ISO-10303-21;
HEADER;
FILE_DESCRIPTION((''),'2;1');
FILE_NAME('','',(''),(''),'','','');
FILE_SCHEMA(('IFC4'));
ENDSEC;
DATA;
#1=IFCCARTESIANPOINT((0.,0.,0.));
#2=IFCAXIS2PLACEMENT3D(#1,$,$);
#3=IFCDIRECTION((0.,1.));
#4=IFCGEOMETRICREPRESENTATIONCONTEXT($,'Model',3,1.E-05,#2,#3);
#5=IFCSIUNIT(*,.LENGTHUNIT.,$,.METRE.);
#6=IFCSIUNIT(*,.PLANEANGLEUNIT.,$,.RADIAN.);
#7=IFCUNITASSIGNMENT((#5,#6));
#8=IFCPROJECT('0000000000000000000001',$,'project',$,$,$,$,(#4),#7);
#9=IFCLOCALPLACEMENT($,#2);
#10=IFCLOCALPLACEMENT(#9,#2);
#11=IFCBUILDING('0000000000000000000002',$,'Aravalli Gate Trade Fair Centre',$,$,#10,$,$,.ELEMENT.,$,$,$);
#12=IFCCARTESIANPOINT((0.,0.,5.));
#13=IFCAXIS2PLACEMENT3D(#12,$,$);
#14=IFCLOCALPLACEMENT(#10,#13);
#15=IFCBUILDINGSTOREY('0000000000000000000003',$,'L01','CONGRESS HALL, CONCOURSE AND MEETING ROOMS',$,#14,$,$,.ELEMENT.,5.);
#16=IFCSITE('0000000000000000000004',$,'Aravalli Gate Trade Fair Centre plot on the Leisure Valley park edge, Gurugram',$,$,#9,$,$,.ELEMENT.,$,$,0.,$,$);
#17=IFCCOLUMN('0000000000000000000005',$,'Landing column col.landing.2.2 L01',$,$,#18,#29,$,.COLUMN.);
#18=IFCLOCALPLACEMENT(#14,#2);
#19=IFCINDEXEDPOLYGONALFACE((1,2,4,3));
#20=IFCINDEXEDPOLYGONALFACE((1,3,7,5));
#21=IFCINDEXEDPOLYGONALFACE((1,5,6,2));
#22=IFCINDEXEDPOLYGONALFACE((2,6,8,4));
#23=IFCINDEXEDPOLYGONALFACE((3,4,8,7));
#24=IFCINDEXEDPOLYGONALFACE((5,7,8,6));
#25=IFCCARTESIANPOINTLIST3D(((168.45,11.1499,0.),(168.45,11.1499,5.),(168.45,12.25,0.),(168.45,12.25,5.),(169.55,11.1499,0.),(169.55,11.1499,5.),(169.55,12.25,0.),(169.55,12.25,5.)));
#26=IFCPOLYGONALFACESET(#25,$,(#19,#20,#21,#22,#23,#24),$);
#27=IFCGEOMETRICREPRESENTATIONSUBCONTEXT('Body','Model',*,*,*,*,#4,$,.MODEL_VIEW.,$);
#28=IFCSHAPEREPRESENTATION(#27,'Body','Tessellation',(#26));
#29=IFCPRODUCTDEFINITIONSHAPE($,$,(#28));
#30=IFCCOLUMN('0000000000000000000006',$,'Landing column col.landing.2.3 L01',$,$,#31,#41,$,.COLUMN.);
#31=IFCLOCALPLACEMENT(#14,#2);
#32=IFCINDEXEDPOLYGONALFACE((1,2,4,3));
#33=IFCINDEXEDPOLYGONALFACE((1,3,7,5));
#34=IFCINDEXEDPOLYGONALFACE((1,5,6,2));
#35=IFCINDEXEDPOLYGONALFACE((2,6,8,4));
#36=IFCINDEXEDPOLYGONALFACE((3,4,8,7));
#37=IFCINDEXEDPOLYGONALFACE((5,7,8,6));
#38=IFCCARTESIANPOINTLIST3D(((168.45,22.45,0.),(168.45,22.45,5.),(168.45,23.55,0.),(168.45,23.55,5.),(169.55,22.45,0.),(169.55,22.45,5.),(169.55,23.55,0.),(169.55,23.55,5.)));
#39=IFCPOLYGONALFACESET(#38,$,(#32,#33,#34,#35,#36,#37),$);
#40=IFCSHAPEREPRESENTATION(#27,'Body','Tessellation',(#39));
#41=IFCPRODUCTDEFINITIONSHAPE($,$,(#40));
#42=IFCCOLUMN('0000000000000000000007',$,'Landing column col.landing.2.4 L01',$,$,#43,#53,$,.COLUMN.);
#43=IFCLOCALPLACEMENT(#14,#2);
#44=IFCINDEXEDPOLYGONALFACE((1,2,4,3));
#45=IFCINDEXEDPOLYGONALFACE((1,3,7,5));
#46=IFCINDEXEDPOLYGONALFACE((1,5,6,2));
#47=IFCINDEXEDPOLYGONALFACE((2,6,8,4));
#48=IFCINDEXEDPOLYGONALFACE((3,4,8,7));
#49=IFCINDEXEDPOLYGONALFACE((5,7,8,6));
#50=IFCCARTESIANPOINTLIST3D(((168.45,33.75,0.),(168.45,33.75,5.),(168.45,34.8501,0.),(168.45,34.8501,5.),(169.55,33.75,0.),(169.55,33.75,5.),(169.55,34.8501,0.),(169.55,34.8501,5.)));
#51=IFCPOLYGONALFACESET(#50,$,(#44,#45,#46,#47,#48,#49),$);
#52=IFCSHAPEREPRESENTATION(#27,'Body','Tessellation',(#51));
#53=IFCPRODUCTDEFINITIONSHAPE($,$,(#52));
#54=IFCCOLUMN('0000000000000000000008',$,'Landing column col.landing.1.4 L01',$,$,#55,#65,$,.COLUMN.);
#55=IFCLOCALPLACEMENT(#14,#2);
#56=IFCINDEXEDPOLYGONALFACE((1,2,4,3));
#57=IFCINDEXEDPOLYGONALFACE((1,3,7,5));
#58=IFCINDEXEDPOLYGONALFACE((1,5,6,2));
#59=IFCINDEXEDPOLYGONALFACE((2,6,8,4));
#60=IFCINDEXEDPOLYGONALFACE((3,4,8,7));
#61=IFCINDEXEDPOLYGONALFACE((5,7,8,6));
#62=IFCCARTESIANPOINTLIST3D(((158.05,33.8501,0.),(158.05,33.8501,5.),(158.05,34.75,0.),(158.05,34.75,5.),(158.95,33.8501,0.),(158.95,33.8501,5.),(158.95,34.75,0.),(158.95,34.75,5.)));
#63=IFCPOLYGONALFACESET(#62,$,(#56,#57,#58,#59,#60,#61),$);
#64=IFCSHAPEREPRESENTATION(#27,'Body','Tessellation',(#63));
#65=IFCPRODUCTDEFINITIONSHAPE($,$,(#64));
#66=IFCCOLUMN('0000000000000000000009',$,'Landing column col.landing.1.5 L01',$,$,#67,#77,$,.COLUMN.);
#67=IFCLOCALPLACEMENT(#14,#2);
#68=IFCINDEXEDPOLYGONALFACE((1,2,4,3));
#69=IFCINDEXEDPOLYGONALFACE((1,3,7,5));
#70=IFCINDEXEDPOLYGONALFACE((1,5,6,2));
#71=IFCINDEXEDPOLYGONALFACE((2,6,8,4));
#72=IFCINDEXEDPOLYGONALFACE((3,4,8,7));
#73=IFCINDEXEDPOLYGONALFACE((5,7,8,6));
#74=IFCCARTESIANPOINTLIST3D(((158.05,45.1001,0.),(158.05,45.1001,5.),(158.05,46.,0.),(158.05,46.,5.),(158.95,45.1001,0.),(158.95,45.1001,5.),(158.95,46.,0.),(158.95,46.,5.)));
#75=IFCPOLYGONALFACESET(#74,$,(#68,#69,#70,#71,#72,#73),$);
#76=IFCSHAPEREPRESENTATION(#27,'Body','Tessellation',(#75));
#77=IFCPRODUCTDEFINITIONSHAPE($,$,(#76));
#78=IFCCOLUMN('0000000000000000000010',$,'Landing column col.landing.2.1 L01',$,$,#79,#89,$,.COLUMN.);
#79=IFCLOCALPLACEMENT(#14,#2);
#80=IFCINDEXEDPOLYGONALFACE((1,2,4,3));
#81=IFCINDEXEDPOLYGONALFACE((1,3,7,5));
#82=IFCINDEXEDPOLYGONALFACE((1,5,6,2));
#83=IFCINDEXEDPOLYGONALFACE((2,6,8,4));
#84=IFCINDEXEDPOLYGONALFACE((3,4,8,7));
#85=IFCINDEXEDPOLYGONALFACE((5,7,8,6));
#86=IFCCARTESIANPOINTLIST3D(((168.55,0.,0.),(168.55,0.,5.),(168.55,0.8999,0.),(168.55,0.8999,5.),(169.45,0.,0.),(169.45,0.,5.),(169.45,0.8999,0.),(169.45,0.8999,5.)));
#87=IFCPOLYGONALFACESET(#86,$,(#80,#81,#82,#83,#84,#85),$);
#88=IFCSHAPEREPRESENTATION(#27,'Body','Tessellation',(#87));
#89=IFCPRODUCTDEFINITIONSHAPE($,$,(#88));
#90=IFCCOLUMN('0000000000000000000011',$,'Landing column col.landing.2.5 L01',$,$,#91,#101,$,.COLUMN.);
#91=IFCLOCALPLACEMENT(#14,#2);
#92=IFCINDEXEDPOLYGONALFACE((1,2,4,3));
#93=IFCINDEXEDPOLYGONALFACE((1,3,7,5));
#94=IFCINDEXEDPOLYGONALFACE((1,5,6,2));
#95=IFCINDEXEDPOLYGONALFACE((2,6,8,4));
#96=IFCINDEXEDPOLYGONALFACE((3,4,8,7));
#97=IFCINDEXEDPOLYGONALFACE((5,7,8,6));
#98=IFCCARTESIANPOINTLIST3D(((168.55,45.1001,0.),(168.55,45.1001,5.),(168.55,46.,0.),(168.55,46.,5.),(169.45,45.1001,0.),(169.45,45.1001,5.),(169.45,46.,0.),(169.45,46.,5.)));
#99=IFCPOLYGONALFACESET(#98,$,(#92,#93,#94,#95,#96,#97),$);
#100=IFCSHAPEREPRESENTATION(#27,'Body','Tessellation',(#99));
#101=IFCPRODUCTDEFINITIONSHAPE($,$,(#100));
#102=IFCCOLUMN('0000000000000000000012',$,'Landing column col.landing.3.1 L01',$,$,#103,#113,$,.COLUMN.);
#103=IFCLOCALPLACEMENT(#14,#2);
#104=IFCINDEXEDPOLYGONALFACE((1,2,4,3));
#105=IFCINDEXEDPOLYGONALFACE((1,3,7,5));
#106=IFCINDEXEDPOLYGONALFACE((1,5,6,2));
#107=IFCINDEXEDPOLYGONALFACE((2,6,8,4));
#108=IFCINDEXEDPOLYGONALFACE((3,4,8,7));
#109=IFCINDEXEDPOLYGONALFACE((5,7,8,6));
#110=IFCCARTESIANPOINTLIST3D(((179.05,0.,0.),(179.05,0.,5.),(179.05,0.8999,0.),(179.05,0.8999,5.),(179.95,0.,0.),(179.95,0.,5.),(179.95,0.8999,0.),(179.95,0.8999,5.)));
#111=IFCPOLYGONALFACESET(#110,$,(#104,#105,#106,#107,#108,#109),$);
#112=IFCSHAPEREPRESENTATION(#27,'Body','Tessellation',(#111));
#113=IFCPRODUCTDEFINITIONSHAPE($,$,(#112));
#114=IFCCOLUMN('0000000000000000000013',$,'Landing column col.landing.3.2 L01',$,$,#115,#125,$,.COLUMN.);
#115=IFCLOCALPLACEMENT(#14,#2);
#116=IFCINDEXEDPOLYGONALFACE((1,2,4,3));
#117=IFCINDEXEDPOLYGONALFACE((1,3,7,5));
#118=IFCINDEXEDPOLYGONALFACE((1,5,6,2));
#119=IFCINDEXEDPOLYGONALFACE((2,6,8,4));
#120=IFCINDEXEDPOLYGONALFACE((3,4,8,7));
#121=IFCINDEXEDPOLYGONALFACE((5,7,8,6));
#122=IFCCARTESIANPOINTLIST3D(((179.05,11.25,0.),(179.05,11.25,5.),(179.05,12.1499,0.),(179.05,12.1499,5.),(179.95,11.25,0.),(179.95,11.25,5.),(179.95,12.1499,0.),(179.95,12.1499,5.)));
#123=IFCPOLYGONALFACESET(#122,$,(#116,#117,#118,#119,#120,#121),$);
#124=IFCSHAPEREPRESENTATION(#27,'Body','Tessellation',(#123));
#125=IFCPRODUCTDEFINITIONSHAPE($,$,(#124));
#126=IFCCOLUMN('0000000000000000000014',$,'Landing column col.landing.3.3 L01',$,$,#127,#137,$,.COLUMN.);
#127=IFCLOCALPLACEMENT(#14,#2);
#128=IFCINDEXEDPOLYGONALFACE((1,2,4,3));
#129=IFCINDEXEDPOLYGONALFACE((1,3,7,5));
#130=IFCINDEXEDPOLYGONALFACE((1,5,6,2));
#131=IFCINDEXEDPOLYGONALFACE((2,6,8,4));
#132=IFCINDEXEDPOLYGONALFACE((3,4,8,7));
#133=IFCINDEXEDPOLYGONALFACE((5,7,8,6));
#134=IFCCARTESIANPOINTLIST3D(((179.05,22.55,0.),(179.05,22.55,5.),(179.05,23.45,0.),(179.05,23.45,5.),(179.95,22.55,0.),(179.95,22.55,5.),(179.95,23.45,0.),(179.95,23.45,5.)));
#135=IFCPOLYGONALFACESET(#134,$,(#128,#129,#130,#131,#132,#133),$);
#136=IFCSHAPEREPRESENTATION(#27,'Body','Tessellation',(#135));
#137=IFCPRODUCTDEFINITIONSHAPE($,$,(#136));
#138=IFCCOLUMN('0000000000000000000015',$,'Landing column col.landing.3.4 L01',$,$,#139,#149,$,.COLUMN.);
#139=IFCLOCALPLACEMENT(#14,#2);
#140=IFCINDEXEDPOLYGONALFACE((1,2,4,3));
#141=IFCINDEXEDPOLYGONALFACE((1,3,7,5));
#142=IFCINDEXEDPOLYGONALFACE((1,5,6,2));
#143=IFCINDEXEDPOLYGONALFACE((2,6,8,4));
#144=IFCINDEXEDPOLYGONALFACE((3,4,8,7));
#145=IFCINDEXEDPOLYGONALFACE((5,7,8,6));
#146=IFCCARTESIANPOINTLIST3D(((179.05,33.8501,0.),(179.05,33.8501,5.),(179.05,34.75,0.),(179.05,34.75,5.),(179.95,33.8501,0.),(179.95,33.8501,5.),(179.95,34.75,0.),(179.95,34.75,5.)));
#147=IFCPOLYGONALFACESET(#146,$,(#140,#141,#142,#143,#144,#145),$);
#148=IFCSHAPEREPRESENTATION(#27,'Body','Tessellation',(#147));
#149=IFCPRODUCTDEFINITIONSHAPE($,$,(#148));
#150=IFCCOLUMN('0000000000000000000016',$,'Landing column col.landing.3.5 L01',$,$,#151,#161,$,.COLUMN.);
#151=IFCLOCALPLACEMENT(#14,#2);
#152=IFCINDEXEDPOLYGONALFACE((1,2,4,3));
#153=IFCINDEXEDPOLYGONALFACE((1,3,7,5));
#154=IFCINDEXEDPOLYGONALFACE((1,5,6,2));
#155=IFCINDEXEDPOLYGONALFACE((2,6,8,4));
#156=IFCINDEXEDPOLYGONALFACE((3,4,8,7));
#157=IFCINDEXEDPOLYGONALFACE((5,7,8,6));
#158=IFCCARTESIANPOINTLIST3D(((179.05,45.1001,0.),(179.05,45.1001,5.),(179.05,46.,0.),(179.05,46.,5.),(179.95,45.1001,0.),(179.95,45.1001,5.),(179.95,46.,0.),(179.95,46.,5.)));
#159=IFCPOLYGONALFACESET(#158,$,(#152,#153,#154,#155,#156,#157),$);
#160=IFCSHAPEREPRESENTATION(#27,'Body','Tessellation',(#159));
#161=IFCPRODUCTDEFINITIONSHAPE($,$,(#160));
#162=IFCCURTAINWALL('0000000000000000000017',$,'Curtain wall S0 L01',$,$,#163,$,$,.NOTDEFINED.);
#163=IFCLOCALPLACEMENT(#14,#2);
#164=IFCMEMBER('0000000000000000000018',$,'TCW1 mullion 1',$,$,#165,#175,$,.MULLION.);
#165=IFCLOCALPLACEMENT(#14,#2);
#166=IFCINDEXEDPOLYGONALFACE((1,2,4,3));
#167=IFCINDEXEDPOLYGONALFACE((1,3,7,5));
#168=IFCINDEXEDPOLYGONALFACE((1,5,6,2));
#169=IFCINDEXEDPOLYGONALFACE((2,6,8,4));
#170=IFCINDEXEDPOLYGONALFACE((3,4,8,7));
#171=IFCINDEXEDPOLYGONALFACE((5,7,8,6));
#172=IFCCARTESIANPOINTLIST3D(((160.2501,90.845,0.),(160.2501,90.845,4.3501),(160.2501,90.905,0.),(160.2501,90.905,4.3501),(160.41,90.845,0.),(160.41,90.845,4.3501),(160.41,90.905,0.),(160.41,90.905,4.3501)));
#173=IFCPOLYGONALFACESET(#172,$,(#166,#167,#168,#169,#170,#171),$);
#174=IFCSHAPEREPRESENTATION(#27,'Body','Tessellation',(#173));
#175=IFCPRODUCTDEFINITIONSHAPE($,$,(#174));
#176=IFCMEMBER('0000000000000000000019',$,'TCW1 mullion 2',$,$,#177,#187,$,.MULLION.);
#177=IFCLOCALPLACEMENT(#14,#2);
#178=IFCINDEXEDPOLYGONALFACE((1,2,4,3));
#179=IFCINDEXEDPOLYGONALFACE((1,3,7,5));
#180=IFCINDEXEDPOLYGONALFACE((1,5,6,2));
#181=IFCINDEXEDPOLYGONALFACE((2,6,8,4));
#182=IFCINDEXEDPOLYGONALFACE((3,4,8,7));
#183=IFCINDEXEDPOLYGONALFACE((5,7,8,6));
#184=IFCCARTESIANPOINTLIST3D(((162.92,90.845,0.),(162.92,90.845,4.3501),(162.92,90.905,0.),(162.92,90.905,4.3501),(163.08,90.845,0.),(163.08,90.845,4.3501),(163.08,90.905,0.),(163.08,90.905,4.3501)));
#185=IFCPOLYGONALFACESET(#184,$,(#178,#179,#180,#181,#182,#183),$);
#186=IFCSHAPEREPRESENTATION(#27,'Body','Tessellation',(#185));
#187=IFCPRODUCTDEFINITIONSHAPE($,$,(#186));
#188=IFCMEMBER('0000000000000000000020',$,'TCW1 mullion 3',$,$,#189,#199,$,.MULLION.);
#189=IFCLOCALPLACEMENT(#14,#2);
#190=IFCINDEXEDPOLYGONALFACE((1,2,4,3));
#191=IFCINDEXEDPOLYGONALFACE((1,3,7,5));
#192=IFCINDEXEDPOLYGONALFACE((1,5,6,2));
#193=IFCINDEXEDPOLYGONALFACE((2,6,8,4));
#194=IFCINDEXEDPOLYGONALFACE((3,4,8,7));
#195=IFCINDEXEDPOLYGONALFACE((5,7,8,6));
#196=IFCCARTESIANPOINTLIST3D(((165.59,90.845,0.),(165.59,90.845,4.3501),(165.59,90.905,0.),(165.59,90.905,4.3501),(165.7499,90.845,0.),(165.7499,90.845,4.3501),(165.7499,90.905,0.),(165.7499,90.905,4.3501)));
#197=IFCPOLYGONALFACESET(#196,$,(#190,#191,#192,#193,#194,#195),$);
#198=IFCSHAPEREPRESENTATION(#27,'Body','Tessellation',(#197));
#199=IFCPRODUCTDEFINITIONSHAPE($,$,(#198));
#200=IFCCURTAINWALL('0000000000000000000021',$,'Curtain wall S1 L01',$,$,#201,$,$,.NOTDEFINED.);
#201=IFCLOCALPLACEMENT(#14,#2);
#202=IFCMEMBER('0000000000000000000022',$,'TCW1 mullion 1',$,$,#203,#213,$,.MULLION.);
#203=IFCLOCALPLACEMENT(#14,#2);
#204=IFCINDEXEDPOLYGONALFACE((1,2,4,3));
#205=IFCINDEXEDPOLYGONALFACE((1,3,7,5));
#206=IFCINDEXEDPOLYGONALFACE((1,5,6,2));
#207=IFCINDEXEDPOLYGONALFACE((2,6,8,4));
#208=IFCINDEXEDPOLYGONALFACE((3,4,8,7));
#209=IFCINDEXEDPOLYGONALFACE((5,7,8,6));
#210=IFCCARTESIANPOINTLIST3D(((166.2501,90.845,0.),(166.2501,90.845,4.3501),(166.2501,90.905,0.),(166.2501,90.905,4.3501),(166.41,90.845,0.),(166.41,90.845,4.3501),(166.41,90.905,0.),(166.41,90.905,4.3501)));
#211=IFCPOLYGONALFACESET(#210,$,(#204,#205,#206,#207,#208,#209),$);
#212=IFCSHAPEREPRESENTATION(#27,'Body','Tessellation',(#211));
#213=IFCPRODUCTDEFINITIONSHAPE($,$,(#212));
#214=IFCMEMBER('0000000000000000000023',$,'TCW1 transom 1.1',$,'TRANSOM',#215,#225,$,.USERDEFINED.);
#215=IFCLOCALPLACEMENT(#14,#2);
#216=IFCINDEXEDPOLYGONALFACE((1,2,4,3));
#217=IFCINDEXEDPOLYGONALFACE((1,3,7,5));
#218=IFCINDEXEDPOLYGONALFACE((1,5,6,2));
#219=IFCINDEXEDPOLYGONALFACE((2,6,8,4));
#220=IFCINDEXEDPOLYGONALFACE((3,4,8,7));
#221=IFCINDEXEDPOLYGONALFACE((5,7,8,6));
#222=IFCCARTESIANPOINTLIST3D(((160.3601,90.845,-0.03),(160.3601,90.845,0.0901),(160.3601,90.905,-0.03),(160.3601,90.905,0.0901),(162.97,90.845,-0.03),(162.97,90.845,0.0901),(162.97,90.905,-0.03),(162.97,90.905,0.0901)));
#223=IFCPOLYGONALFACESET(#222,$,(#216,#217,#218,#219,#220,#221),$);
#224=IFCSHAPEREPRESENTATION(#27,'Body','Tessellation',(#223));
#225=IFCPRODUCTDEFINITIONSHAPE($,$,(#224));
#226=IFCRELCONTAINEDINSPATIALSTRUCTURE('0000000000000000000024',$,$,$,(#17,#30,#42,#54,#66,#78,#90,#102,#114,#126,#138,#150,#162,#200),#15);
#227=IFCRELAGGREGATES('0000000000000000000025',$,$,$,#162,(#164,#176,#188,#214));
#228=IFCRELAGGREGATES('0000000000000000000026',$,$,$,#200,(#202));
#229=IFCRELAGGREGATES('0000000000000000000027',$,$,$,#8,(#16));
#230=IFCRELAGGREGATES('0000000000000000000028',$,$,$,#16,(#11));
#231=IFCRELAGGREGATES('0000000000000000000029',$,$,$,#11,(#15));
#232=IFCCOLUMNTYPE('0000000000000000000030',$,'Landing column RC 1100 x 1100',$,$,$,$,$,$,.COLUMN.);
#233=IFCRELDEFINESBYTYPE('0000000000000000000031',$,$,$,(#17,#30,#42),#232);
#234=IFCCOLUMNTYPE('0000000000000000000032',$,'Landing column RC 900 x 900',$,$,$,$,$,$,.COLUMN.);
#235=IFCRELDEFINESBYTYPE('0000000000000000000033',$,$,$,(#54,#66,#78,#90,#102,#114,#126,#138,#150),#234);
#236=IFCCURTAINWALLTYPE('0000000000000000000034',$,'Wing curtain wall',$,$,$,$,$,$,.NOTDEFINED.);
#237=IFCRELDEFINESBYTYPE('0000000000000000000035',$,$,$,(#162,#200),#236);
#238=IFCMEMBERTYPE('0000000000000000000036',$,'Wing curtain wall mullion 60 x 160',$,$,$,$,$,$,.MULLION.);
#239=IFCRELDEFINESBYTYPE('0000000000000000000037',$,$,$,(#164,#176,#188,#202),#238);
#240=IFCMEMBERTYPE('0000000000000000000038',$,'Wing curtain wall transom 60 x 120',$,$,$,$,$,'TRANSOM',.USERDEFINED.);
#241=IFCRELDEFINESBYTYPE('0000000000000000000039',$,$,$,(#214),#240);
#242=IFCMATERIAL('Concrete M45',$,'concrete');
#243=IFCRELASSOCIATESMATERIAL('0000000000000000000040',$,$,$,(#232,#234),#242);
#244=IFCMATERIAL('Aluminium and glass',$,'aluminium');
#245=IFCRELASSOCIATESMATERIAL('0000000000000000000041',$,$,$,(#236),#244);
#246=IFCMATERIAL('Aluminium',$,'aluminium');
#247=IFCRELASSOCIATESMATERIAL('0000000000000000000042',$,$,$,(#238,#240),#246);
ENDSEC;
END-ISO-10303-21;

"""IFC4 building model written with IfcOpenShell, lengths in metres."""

from ifc_helpers import new_model, si_unit, direction, frame, origin, origin_2d, place, context, subcontext, project, spatial, rectangle, extrude, material, material_profile, profile_set, type_object, element, aggregate, save


model = new_model("IFC4")

# Units and contexts
model_context = context("Model", 3, precision=1e-05, world=origin(), true_north=direction((0.0, 1.0)))
body_context = subcontext(model_context, "Body", "Model", "MODEL_VIEW")
ifc_project = project(units=[si_unit("LENGTHUNIT", "METRE"), si_unit("PLANEANGLEUNIT", "RADIAN")], contexts=[model_context])

# Site, building, storey
site_placement = place(None, origin())
site = spatial("IfcSite", under=ifc_project, at=site_placement, Name="Aravalli Gate Trade Fair Centre plot on the Leisure Valley park edge, Gurugram", CompositionType="ELEMENT", RefElevation=0.0)
building_placement = place(site_placement, origin())
building = spatial("IfcBuilding", under=site, at=building_placement, Name="Aravalli Gate Trade Fair Centre", CompositionType="ELEMENT")
storey_placement = place(building_placement, frame((0.0, 0.0, 5.0)))
storey = spatial("IfcBuildingStorey", under=building, at=storey_placement, Name="L01", Description="CONGRESS HALL, CONCOURSE AND MEETING ROOMS", CompositionType="ELEMENT", Elevation=5.0)

# Columns
ifc_material_1 = material(Name="Concrete M45", Category="concrete")
ifc_material_profile_1 = material_profile(ifc_material_1, rectangle(XDim=1.1001, YDim=1.1001, at=origin_2d()), Name="Landing column RC 1100 x 1100")
ifc_profile_set_1 = profile_set([ifc_material_profile_1], Name="Concrete M45")
column_type_1 = type_object("IfcColumnType", Name="Landing column RC 1100 x 1100", PredefinedType="COLUMN", material=ifc_profile_set_1)
for number, where, z_axis, x_axis, name in (
    (1, (169.0, 11.7, 0.0), (0.0, 0.0, 1.0), (1.0, 0.0, 0.0), "Landing column col.landing.2.2 L01"),
    (2, (169.0, 23.0, 0.0), (0.0, 0.0, 1.0), (1.0, 0.0, 0.0), "Landing column col.landing.2.3 L01"),
    (3, (169.0, 34.3, 0.0), (0.0, 0.0, 1.0), (1.0, 0.0, 0.0), "Landing column col.landing.2.4 L01"),
):
    element("IfcColumn", number, at=place(storey_placement, frame(where, z_axis=z_axis, x_axis=x_axis)), inside=storey, type_object=column_type_1, Name=name, PredefinedType="COLUMN", context=body_context, shape_type="SweptSolid", body=[
        extrude(rectangle(XDim=1.1001, YDim=1.1001, at=origin_2d()), origin(), (0.0, 0.0, 1.0), 5.0),
    ])
ifc_material_profile_2 = material_profile(ifc_material_1, rectangle(XDim=0.8999, YDim=0.8999, at=origin_2d()), Name="Landing column RC 900 x 900")
ifc_profile_set_2 = profile_set([ifc_material_profile_2], Name="Concrete M45")
column_type_2 = type_object("IfcColumnType", Name="Landing column RC 900 x 900", PredefinedType="COLUMN", material=ifc_profile_set_2)
for number, where, z_axis, x_axis, name in (
    (4, (158.5, 34.3, 0.0), (0.0, 0.0, 1.0), (1.0, 0.0, 0.0), "Landing column col.landing.1.4 L01"),
    (5, (158.5, 45.55, 0.0), (0.0, 0.0, 1.0), (1.0, 0.0, 0.0), "Landing column col.landing.1.5 L01"),
    (6, (169.0, 0.45, 0.0), (0.0, 0.0, 1.0), (1.0, 0.0, 0.0), "Landing column col.landing.2.1 L01"),
    (7, (169.0, 45.55, 0.0), (0.0, 0.0, 1.0), (1.0, 0.0, 0.0), "Landing column col.landing.2.5 L01"),
    (8, (179.5, 0.45, 0.0), (0.0, 0.0, 1.0), (1.0, 0.0, 0.0), "Landing column col.landing.3.1 L01"),
    (9, (179.5, 11.7, 0.0), (0.0, 0.0, 1.0), (1.0, 0.0, 0.0), "Landing column col.landing.3.2 L01"),
    (10, (179.5, 23.0, 0.0), (0.0, 0.0, 1.0), (1.0, 0.0, 0.0), "Landing column col.landing.3.3 L01"),
    (11, (179.5, 34.3, 0.0), (0.0, 0.0, 1.0), (1.0, 0.0, 0.0), "Landing column col.landing.3.4 L01"),
    (12, (179.5, 45.55, 0.0), (0.0, 0.0, 1.0), (1.0, 0.0, 0.0), "Landing column col.landing.3.5 L01"),
):
    element("IfcColumn", number, at=place(storey_placement, frame(where, z_axis=z_axis, x_axis=x_axis)), inside=storey, type_object=column_type_2, Name=name, PredefinedType="COLUMN", context=body_context, shape_type="SweptSolid", body=[
        extrude(rectangle(XDim=0.8999, YDim=0.8999, at=origin_2d()), origin(), (0.0, 0.0, 1.0), 5.0),
    ])

# Curtain wall, members
ifc_material_2 = material(Name="Aluminium and glass", Category="aluminium")
curtain_wall_type = type_object("IfcCurtainWallType", Name="Wing curtain wall", PredefinedType="NOTDEFINED", material=ifc_material_2)
curtain_wall_1_placement = place(storey_placement, origin())
curtain_wall_1 = element("IfcCurtainWall", 13, at=curtain_wall_1_placement, inside=storey, type_object=curtain_wall_type, Name="Curtain wall S0 L01", PredefinedType="NOTDEFINED")
ifc_material_3 = material(Name="Aluminium", Category="aluminium")
ifc_material_profile_3 = material_profile(ifc_material_3, rectangle(XDim=0.0601, YDim=0.1599, at=origin_2d()), Name="Wing curtain wall mullion 60 x 160")
ifc_profile_set_3 = profile_set([ifc_material_profile_3], Name="Aluminium")
member_type_1 = type_object("IfcMemberType", Name="Wing curtain wall mullion 60 x 160", PredefinedType="MULLION", material=ifc_profile_set_3)
member_1_placement = place(storey_placement, frame((160.3301, 90.875, 0.0), z_axis=(0.0, 0.0, 1.0), x_axis=(0.0, 1.0, 0.0)))
member_1 = element("IfcMember", 14, at=member_1_placement, type_object=member_type_1, Name="TCW1 mullion 1", PredefinedType="MULLION", context=body_context, shape_type="SweptSolid", body=[
    extrude(rectangle(XDim=0.0601, YDim=0.1599, at=origin_2d()), origin(), (0.0, 0.0, 1.0), 4.3501),
])
member_2_placement = place(storey_placement, frame((163.0, 90.875, 0.0), z_axis=(0.0, 0.0, 1.0), x_axis=(0.0, 1.0, 0.0)))
member_2 = element("IfcMember", 15, at=member_2_placement, type_object=member_type_1, Name="TCW1 mullion 2", PredefinedType="MULLION", context=body_context, shape_type="SweptSolid", body=[
    extrude(rectangle(XDim=0.0601, YDim=0.1599, at=origin_2d()), origin(), (0.0, 0.0, 1.0), 4.3501),
])
member_3_placement = place(storey_placement, frame((165.6699, 90.875, 0.0), z_axis=(0.0, 0.0, 1.0), x_axis=(0.0, 1.0, 0.0)))
member_3 = element("IfcMember", 16, at=member_3_placement, type_object=member_type_1, Name="TCW1 mullion 3", PredefinedType="MULLION", context=body_context, shape_type="SweptSolid", body=[
    extrude(rectangle(XDim=0.0601, YDim=0.1599, at=origin_2d()), origin(), (0.0, 0.0, 1.0), 4.3501),
])

# Curtain wall, member
curtain_wall_2_placement = place(storey_placement, origin())
curtain_wall_2 = element("IfcCurtainWall", 17, at=curtain_wall_2_placement, inside=storey, type_object=curtain_wall_type, Name="Curtain wall S1 L01", PredefinedType="NOTDEFINED")
member_4_placement = place(storey_placement, frame((166.3301, 90.875, 0.0), z_axis=(0.0, 0.0, 1.0), x_axis=(0.0, 1.0, 0.0)))
member_4 = element("IfcMember", 18, at=member_4_placement, type_object=member_type_1, Name="TCW1 mullion 1", PredefinedType="MULLION", context=body_context, shape_type="SweptSolid", body=[
    extrude(rectangle(XDim=0.0601, YDim=0.1599, at=origin_2d()), origin(), (0.0, 0.0, 1.0), 4.3501),
])

# Member
ifc_material_profile_4 = material_profile(ifc_material_3, rectangle(XDim=0.0601, YDim=0.1201, at=origin_2d()), Name="Wing curtain wall transom 60 x 120")
ifc_profile_set_4 = profile_set([ifc_material_profile_4], Name="Aluminium")
member_type_2 = type_object("IfcMemberType", Name="Wing curtain wall transom 60 x 120", ElementType="TRANSOM", PredefinedType="USERDEFINED", material=ifc_profile_set_4)
member_5_placement = place(storey_placement, frame((160.3601, 90.875, 0.03), z_axis=(1.0, 0.0, 0.0), x_axis=(0.0, 1.0, 0.0)))
member_5 = element("IfcMember", 19, at=member_5_placement, type_object=member_type_2, Name="TCW1 transom 1.1", ObjectType="TRANSOM", PredefinedType="USERDEFINED", context=body_context, shape_type="SweptSolid", body=[
    extrude(rectangle(XDim=0.0601, YDim=0.1201, at=origin_2d()), origin(), (0.0, 0.0, 1.0), 2.6099),
])

aggregate(curtain_wall_1, [member_1, member_2, member_3, member_5])
aggregate(curtain_wall_2, [member_4])

save(model, "model.ifc")
